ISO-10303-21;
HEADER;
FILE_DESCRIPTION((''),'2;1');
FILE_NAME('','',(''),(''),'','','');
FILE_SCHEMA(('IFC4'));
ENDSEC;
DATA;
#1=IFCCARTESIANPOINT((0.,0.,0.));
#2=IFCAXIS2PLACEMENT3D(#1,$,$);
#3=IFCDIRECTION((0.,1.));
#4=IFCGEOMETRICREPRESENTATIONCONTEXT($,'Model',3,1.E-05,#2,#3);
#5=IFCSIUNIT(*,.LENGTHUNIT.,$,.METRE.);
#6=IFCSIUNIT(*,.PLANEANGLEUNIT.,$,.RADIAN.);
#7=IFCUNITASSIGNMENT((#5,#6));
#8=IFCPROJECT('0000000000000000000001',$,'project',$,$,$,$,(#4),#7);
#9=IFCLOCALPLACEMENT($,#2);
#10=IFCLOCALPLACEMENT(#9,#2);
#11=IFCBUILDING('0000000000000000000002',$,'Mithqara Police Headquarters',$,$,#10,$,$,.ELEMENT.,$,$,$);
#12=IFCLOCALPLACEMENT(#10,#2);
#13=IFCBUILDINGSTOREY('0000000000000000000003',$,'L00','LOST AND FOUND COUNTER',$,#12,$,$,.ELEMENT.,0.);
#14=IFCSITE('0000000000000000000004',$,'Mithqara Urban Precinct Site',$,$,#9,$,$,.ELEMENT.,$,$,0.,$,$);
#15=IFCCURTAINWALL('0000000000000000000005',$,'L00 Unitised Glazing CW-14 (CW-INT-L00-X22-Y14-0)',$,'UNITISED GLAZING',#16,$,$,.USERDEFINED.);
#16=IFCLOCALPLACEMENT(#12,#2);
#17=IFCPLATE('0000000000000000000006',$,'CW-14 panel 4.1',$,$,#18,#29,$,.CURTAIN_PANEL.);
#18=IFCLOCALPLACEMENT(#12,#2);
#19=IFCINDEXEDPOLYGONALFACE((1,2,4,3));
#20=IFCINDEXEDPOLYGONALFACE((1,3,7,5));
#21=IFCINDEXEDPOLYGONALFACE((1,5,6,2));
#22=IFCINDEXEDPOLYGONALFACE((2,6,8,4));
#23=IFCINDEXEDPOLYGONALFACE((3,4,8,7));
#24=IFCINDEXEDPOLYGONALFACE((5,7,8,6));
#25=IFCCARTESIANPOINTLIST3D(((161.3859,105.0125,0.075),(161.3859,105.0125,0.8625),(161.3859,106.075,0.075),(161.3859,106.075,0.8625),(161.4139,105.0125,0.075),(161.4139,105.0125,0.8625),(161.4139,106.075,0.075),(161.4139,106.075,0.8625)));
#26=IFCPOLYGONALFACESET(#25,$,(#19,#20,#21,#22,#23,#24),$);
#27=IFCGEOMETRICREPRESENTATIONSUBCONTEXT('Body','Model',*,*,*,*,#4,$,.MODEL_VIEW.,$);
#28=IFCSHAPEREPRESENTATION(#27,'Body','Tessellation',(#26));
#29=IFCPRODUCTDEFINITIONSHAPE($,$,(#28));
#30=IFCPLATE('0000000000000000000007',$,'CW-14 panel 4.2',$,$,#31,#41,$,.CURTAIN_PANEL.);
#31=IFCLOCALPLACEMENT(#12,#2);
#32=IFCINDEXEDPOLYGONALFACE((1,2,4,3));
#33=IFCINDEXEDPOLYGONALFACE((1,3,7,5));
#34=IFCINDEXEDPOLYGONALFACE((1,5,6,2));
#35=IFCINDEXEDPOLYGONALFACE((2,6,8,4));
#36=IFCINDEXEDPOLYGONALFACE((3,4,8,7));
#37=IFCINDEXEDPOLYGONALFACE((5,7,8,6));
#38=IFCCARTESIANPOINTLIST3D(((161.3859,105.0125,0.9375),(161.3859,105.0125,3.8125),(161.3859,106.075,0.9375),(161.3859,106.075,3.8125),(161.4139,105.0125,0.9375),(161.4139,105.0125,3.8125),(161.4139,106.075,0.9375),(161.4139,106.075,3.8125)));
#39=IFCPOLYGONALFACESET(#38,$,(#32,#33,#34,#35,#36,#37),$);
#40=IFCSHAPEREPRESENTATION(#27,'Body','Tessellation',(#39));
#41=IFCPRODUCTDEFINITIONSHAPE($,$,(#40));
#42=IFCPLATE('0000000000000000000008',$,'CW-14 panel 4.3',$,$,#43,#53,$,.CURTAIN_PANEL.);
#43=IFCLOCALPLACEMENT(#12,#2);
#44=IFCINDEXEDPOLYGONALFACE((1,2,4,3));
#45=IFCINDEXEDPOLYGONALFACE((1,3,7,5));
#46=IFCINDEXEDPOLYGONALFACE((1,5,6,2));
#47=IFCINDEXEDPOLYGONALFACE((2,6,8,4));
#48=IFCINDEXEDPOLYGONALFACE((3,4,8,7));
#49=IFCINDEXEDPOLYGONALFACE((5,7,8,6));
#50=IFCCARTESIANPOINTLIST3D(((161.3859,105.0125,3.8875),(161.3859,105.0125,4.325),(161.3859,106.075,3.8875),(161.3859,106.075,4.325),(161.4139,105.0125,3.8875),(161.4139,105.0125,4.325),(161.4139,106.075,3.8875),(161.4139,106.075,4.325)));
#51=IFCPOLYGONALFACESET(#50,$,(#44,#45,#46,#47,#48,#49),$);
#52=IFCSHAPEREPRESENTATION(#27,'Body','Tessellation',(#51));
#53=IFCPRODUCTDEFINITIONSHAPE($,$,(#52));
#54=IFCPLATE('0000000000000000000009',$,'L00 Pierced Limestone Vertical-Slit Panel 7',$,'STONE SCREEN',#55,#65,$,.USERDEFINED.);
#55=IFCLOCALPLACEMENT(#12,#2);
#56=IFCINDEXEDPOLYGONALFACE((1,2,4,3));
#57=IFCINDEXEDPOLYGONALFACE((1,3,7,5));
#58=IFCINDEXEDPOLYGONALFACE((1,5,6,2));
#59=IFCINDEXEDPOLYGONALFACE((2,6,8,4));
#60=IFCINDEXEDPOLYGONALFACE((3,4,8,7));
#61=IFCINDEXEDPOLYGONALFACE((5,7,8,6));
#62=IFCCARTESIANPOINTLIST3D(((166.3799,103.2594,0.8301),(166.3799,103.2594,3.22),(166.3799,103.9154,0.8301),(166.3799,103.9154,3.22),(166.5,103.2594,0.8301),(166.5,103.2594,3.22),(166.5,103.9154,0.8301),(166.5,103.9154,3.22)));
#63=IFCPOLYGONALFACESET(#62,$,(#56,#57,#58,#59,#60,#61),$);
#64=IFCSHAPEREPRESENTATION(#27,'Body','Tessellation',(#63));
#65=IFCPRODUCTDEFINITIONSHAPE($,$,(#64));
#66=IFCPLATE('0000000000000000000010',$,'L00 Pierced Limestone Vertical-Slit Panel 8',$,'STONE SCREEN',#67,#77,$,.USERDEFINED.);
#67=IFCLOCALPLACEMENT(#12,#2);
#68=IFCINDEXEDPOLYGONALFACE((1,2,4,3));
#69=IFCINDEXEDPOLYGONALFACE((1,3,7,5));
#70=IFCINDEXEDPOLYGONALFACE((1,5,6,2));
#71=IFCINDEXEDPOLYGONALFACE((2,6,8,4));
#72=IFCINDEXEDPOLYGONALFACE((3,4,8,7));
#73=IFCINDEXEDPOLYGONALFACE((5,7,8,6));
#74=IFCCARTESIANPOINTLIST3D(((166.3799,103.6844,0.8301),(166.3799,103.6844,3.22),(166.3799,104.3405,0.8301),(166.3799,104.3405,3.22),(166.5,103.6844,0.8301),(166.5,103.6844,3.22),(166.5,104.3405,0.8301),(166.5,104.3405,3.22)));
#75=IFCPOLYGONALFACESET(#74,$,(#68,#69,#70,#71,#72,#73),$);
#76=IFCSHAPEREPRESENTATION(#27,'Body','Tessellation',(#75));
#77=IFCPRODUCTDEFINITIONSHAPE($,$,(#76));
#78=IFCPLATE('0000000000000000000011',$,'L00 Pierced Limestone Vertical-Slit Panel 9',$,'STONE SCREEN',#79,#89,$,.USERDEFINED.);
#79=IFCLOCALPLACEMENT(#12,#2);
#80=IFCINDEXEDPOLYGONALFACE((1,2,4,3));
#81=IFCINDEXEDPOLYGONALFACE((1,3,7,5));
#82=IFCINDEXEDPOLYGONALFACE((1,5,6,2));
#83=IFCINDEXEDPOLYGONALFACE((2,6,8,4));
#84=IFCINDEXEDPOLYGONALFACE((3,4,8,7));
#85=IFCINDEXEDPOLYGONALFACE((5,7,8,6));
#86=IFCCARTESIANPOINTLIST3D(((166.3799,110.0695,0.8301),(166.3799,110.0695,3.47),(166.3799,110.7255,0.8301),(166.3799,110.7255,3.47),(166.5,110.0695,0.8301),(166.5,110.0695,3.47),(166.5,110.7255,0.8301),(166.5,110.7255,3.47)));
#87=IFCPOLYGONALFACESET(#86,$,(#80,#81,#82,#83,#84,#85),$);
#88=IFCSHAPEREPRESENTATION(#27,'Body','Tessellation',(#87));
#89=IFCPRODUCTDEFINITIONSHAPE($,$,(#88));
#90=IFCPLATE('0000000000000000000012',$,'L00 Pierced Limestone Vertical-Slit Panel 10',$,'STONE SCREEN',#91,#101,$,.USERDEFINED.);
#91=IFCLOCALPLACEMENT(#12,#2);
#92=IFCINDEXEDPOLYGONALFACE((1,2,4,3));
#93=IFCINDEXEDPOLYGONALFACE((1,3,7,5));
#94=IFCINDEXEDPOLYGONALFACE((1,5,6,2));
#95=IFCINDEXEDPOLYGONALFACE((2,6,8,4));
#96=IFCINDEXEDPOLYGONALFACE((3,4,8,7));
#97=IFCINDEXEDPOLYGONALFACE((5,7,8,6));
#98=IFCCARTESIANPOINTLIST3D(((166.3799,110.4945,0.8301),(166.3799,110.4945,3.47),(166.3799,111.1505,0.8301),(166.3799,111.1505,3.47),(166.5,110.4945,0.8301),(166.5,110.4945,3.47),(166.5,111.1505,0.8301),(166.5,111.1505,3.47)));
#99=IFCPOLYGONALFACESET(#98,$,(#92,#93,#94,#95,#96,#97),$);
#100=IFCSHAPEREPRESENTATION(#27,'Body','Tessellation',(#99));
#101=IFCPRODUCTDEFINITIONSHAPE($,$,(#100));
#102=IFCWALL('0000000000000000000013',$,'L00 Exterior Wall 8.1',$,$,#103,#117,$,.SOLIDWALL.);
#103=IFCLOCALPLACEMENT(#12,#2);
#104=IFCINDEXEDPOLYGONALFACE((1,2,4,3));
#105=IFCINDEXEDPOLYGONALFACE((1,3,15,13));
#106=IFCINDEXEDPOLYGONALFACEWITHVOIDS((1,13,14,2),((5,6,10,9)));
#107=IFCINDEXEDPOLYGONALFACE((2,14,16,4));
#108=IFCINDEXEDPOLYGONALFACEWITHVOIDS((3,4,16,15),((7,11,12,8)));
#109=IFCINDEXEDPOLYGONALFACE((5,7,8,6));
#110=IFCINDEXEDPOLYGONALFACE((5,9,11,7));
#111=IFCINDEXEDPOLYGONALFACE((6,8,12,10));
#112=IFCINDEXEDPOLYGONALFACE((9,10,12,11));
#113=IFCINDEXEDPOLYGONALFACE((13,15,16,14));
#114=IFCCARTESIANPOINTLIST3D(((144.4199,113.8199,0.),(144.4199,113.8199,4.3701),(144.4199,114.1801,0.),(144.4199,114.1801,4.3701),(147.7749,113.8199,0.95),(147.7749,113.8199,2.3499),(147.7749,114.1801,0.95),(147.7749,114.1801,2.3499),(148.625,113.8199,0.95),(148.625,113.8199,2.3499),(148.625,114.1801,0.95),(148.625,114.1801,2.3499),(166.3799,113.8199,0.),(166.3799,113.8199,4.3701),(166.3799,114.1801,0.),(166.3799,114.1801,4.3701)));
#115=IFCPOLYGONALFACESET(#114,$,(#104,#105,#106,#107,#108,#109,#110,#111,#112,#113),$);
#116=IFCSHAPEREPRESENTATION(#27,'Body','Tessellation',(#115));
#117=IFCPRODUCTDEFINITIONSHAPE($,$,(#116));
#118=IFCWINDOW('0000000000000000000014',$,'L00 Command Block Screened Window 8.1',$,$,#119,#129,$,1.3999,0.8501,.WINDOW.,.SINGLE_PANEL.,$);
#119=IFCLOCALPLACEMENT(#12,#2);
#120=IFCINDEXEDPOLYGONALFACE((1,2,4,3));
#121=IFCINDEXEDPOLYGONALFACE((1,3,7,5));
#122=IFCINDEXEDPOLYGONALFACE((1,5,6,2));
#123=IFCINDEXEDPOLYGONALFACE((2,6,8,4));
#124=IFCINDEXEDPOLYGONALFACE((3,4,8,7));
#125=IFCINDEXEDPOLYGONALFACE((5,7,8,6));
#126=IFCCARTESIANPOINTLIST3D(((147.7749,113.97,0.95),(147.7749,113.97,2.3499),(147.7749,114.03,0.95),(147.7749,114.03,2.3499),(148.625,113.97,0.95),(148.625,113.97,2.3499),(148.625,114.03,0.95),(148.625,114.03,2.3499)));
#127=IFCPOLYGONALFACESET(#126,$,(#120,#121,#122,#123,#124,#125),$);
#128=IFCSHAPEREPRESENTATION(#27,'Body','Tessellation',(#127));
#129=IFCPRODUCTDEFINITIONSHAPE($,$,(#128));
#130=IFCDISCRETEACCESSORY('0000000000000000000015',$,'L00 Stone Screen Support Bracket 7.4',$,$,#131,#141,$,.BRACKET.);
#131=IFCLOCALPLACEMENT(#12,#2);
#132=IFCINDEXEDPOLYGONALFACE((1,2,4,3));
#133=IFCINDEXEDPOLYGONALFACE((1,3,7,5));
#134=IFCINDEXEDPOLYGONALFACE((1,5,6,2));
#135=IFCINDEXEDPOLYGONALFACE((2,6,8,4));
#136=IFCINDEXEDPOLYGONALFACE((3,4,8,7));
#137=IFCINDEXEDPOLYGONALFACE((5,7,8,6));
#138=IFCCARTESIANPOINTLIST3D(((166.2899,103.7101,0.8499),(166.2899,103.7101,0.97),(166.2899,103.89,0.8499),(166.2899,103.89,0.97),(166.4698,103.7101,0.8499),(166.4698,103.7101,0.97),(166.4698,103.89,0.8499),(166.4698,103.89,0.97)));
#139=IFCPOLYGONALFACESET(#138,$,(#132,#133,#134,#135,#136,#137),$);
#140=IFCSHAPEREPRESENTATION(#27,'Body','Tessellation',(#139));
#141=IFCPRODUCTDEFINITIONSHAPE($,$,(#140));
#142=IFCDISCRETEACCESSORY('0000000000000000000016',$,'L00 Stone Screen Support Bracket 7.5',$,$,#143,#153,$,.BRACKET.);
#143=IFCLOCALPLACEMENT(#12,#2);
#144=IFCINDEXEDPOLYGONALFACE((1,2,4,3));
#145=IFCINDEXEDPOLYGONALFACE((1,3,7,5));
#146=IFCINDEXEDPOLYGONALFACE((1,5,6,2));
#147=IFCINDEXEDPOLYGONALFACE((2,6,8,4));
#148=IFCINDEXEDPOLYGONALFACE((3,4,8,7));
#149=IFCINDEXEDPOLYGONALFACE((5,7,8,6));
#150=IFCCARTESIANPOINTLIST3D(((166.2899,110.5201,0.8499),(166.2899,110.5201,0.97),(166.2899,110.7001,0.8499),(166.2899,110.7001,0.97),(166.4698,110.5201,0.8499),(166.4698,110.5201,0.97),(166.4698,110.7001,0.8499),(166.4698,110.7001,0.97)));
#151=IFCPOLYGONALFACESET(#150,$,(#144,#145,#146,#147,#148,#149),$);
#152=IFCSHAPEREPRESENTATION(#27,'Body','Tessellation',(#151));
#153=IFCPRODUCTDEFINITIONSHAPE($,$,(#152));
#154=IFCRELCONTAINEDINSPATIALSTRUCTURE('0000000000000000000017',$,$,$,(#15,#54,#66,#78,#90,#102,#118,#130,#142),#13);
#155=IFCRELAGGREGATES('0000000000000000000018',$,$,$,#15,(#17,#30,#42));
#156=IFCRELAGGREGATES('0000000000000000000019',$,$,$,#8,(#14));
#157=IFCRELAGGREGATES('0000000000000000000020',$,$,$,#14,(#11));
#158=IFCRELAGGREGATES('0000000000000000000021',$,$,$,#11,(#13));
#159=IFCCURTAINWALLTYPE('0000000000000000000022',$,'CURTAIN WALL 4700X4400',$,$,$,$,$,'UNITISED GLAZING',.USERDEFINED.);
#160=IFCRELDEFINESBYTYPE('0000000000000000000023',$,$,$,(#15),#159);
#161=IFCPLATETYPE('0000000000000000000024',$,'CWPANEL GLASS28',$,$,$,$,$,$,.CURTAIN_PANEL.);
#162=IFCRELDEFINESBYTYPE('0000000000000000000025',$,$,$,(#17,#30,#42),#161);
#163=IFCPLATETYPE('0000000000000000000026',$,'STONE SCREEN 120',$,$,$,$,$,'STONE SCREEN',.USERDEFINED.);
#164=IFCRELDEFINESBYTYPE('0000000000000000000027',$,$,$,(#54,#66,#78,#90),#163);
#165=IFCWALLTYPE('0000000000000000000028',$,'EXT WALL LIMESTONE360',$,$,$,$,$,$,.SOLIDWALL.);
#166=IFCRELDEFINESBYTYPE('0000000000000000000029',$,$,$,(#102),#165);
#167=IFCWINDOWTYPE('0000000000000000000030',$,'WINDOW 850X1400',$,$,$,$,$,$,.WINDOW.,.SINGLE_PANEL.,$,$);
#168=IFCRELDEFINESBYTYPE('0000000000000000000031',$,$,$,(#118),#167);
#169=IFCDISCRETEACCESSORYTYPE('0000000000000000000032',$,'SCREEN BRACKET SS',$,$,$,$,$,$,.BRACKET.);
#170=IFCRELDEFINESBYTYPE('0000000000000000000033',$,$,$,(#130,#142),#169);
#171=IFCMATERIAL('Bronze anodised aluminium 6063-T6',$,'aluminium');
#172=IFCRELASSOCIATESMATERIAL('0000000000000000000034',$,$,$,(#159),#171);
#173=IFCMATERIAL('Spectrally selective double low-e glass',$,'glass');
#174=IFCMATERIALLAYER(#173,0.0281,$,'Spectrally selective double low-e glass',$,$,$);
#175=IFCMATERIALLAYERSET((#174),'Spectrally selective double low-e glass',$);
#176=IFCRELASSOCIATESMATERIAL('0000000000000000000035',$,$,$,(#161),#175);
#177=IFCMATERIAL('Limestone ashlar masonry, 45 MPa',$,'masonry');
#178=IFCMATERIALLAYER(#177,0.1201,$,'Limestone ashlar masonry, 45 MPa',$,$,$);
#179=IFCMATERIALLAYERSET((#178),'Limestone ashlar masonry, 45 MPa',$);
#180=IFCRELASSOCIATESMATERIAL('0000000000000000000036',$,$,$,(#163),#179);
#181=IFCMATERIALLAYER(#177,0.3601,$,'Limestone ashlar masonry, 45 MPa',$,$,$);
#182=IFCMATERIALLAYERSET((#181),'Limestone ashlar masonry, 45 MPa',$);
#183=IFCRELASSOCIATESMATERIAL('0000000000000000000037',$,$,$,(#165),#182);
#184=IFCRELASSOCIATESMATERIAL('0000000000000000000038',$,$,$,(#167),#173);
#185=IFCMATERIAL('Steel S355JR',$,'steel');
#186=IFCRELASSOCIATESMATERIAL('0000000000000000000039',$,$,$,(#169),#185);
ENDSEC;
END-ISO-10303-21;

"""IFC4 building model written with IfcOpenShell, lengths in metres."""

from ifc_helpers import new_model, si_unit, direction, frame, frame_2d, origin, origin_2d, place, context, subcontext, project, spatial, rectangle, extrude, material, layer, layer_set, type_object, element, fill, aggregate, save


model = new_model("IFC4")

# Units and contexts
model_context = context("Model", 3, precision=1e-05, world=origin(), true_north=direction((0.0, 1.0)))
body_context = subcontext(model_context, "Body", "Model", "MODEL_VIEW")
ifc_project = project(units=[si_unit("LENGTHUNIT", "METRE"), si_unit("PLANEANGLEUNIT", "RADIAN")], contexts=[model_context])

# Site, building, storey
site_placement = place(None, origin())
site = spatial("IfcSite", under=ifc_project, at=site_placement, Name="Mithqara Urban Precinct Site", CompositionType="ELEMENT", RefElevation=0.0)
building_placement = place(site_placement, origin())
building = spatial("IfcBuilding", under=site, at=building_placement, Name="Mithqara Police Headquarters", CompositionType="ELEMENT")
storey_placement = place(building_placement, origin())
storey = spatial("IfcBuildingStorey", under=building, at=storey_placement, Name="L00", Description="LOST AND FOUND COUNTER", CompositionType="ELEMENT", Elevation=0.0)

# Curtain wall
ifc_material_1 = material(Name="Bronze anodised aluminium 6063-T6", Category="aluminium")
curtain_wall_type = type_object("IfcCurtainWallType", Name="CURTAIN WALL 4700X4400", ElementType="UNITISED GLAZING", PredefinedType="USERDEFINED", material=ifc_material_1)
curtain_wall_placement = place(storey_placement, origin())
curtain_wall = element("IfcCurtainWall", 1, at=curtain_wall_placement, inside=storey, type_object=curtain_wall_type, Name="L00 Unitised Glazing CW-14 (CW-INT-L00-X22-Y14-0)", ObjectType="UNITISED GLAZING", PredefinedType="USERDEFINED")

# Shared definitions
ifc_material_2 = material(Name="Steel S355JR", Category="steel")

# Plates
ifc_material_3 = material(Name="Spectrally selective double low-e glass", Category="glass")
ifc_layer_1 = layer(ifc_material_3, 0.0281, Name="Spectrally selective double low-e glass")
ifc_layer_set_1 = layer_set([ifc_layer_1], Name="Spectrally selective double low-e glass")
plate_type_1 = type_object("IfcPlateType", Name="CWPANEL GLASS28", PredefinedType="CURTAIN_PANEL", material=ifc_layer_set_1)
plate_1_placement = place(storey_placement, frame((161.3999, 105.5437, 0.075), z_axis=(0.0, 0.0, 1.0), x_axis=(0.0, 1.0, 0.0)))
plate_1 = element("IfcPlate", 2, at=plate_1_placement, type_object=plate_type_1, Name="CW-14 panel 4.1", PredefinedType="CURTAIN_PANEL", context=body_context, shape_type="SweptSolid", body=[
    extrude(rectangle(XDim=1.0625, YDim=0.0281, at=origin_2d()), origin(), (0.0, 0.0, 1.0), 0.7876),
])
plate_2_placement = place(storey_placement, frame((161.3999, 105.5437, 0.9375), z_axis=(0.0, 0.0, 1.0), x_axis=(0.0, 1.0, 0.0)))
plate_2 = element("IfcPlate", 3, at=plate_2_placement, type_object=plate_type_1, Name="CW-14 panel 4.2", PredefinedType="CURTAIN_PANEL", context=body_context, shape_type="SweptSolid", body=[
    extrude(rectangle(XDim=1.0625, YDim=0.0281, at=origin_2d()), origin(), (0.0, 0.0, 1.0), 2.875),
])
plate_3_placement = place(storey_placement, frame((161.3999, 105.5437, 3.8875), z_axis=(0.0, 0.0, 1.0), x_axis=(0.0, 1.0, 0.0)))
plate_3 = element("IfcPlate", 4, at=plate_3_placement, type_object=plate_type_1, Name="CW-14 panel 4.3", PredefinedType="CURTAIN_PANEL", context=body_context, shape_type="SweptSolid", body=[
    extrude(rectangle(XDim=1.0625, YDim=0.0281, at=origin_2d()), origin(), (0.0, 0.0, 1.0), 0.4375),
])
aggregate(curtain_wall, [plate_1, plate_2, plate_3])

# Plates
ifc_material_4 = material(Name="Limestone ashlar masonry, 45 MPa", Category="masonry")
ifc_layer_2 = layer(ifc_material_4, 0.1201, Name="Limestone ashlar masonry, 45 MPa")
ifc_layer_set_2 = layer_set([ifc_layer_2], Name="Limestone ashlar masonry, 45 MPa")
plate_type_2 = type_object("IfcPlateType", Name="STONE SCREEN 120", ElementType="STONE SCREEN", PredefinedType="USERDEFINED", material=ifc_layer_set_2)
for number, where, z_axis, x_axis, name in (
    (5, (166.4399, 103.5874, 0.8301), (0.0, 0.0, 1.0), (0.0, 1.0, 0.0), "L00 Pierced Limestone Vertical-Slit Panel 7"),
    (6, (166.4399, 104.0125, 0.8301), (0.0, 0.0, 1.0), (0.0, 1.0, 0.0), "L00 Pierced Limestone Vertical-Slit Panel 8"),
):
    element("IfcPlate", number, at=place(storey_placement, frame(where, z_axis=z_axis, x_axis=x_axis)), inside=storey, type_object=plate_type_2, Name=name, ObjectType="STONE SCREEN", PredefinedType="USERDEFINED", context=body_context, shape_type="SweptSolid", body=[
        extrude(rectangle(XDim=0.656, YDim=0.1201, at=origin_2d()), origin(), (0.0, 0.0, 1.0), 2.3899),
    ])
for number, where, z_axis, x_axis, name in (
    (7, (166.4399, 110.3975, 0.8301), (0.0, 0.0, 1.0), (0.0, 1.0, 0.0), "L00 Pierced Limestone Vertical-Slit Panel 9"),
    (8, (166.4399, 110.8225, 0.8301), (0.0, 0.0, 1.0), (0.0, 1.0, 0.0), "L00 Pierced Limestone Vertical-Slit Panel 10"),
):
    element("IfcPlate", number, at=place(storey_placement, frame(where, z_axis=z_axis, x_axis=x_axis)), inside=storey, type_object=plate_type_2, Name=name, ObjectType="STONE SCREEN", PredefinedType="USERDEFINED", context=body_context, shape_type="SweptSolid", body=[
        extrude(rectangle(XDim=0.656, YDim=0.1201, at=origin_2d()), origin(), (0.0, 0.0, 1.0), 2.6399),
    ])

# Wall, opening, window
ifc_layer_3 = layer(ifc_material_4, 0.3601, Name="Limestone ashlar masonry, 45 MPa")
ifc_layer_set_3 = layer_set([ifc_layer_3], Name="Limestone ashlar masonry, 45 MPa")
wall_type = type_object("IfcWallType", Name="EXT WALL LIMESTONE360", PredefinedType="SOLIDWALL", material=ifc_layer_set_3)
wall_placement = place(storey_placement, frame((166.3799, 114.0, 0.0), z_axis=(0.0, 0.0, 1.0), x_axis=(-1.0, 0.0, 0.0)))
wall = element("IfcWall", 9, at=wall_placement, inside=storey, type_object=wall_type, Name="L00 Exterior Wall 8.1", PredefinedType="SOLIDWALL", context=body_context, shape_type="SweptSolid", body=[
    extrude(rectangle(XDim=21.96, YDim=0.3601, at=frame_2d((10.98, 0.0))), origin(), (0.0, 0.0, 1.0), 4.3701),
])
opening_placement = place(wall_placement, frame((17.7549, 0.0, 0.95)))
opening = element("IfcOpeningElement", 10, at=opening_placement, cuts=wall, PredefinedType="OPENING", context=body_context, shape_type="SweptSolid", body=[
    extrude(rectangle(XDim=0.8501, YDim=1.3999, at=frame_2d((0.425, 0.7))), frame((0.0, 0.1899, 0.0), z_axis=(0.0, -1.0, 0.0), x_axis=(1.0, 0.0, 0.0)), (0.0, 0.0, 1.0), 0.3801),
])
window_type = type_object("IfcWindowType", Name="WINDOW 850X1400", PartitioningType="SINGLE_PANEL", PredefinedType="WINDOW", material=ifc_material_3)
window_placement = place(opening_placement, origin())
window = element("IfcWindow", 11, at=window_placement, inside=storey, type_object=window_type, Name="L00 Command Block Screened Window 8.1", OverallHeight=1.3999, OverallWidth=0.8501, PartitioningType="SINGLE_PANEL", PredefinedType="WINDOW", context=body_context, shape_type="SweptSolid", body=[
    extrude(rectangle(XDim=0.8501, YDim=1.3999, at=frame_2d((0.425, 0.7))), frame((0.0, 0.03, 0.0), z_axis=(0.0, -1.0, 0.0), x_axis=(1.0, 0.0, 0.0)), (0.0, 0.0, 1.0), 0.0601),
])
fill(opening, window)

# Discrete accessories
discrete_accessory_type = type_object("IfcDiscreteAccessoryType", Name="SCREEN BRACKET SS", PredefinedType="BRACKET", material=ifc_material_2)
for number, where, z_axis, x_axis, name in (
    (12, (166.3799, 103.8, 0.8499), (0.0, 0.0, 1.0), (0.0, 1.0, 0.0), "L00 Stone Screen Support Bracket 7.4"),
    (13, (166.3799, 110.6101, 0.8499), (0.0, 0.0, 1.0), (0.0, 1.0, 0.0), "L00 Stone Screen Support Bracket 7.5"),
):
    element("IfcDiscreteAccessory", number, at=place(storey_placement, frame(where, z_axis=z_axis, x_axis=x_axis)), inside=storey, type_object=discrete_accessory_type, Name=name, PredefinedType="BRACKET", context=body_context, shape_type="SweptSolid", body=[
        extrude(rectangle(XDim=0.1799, YDim=0.1799, at=origin_2d()), origin(), (0.0, 0.0, 1.0), 0.1201),
    ])

save(model, "model.ifc")
